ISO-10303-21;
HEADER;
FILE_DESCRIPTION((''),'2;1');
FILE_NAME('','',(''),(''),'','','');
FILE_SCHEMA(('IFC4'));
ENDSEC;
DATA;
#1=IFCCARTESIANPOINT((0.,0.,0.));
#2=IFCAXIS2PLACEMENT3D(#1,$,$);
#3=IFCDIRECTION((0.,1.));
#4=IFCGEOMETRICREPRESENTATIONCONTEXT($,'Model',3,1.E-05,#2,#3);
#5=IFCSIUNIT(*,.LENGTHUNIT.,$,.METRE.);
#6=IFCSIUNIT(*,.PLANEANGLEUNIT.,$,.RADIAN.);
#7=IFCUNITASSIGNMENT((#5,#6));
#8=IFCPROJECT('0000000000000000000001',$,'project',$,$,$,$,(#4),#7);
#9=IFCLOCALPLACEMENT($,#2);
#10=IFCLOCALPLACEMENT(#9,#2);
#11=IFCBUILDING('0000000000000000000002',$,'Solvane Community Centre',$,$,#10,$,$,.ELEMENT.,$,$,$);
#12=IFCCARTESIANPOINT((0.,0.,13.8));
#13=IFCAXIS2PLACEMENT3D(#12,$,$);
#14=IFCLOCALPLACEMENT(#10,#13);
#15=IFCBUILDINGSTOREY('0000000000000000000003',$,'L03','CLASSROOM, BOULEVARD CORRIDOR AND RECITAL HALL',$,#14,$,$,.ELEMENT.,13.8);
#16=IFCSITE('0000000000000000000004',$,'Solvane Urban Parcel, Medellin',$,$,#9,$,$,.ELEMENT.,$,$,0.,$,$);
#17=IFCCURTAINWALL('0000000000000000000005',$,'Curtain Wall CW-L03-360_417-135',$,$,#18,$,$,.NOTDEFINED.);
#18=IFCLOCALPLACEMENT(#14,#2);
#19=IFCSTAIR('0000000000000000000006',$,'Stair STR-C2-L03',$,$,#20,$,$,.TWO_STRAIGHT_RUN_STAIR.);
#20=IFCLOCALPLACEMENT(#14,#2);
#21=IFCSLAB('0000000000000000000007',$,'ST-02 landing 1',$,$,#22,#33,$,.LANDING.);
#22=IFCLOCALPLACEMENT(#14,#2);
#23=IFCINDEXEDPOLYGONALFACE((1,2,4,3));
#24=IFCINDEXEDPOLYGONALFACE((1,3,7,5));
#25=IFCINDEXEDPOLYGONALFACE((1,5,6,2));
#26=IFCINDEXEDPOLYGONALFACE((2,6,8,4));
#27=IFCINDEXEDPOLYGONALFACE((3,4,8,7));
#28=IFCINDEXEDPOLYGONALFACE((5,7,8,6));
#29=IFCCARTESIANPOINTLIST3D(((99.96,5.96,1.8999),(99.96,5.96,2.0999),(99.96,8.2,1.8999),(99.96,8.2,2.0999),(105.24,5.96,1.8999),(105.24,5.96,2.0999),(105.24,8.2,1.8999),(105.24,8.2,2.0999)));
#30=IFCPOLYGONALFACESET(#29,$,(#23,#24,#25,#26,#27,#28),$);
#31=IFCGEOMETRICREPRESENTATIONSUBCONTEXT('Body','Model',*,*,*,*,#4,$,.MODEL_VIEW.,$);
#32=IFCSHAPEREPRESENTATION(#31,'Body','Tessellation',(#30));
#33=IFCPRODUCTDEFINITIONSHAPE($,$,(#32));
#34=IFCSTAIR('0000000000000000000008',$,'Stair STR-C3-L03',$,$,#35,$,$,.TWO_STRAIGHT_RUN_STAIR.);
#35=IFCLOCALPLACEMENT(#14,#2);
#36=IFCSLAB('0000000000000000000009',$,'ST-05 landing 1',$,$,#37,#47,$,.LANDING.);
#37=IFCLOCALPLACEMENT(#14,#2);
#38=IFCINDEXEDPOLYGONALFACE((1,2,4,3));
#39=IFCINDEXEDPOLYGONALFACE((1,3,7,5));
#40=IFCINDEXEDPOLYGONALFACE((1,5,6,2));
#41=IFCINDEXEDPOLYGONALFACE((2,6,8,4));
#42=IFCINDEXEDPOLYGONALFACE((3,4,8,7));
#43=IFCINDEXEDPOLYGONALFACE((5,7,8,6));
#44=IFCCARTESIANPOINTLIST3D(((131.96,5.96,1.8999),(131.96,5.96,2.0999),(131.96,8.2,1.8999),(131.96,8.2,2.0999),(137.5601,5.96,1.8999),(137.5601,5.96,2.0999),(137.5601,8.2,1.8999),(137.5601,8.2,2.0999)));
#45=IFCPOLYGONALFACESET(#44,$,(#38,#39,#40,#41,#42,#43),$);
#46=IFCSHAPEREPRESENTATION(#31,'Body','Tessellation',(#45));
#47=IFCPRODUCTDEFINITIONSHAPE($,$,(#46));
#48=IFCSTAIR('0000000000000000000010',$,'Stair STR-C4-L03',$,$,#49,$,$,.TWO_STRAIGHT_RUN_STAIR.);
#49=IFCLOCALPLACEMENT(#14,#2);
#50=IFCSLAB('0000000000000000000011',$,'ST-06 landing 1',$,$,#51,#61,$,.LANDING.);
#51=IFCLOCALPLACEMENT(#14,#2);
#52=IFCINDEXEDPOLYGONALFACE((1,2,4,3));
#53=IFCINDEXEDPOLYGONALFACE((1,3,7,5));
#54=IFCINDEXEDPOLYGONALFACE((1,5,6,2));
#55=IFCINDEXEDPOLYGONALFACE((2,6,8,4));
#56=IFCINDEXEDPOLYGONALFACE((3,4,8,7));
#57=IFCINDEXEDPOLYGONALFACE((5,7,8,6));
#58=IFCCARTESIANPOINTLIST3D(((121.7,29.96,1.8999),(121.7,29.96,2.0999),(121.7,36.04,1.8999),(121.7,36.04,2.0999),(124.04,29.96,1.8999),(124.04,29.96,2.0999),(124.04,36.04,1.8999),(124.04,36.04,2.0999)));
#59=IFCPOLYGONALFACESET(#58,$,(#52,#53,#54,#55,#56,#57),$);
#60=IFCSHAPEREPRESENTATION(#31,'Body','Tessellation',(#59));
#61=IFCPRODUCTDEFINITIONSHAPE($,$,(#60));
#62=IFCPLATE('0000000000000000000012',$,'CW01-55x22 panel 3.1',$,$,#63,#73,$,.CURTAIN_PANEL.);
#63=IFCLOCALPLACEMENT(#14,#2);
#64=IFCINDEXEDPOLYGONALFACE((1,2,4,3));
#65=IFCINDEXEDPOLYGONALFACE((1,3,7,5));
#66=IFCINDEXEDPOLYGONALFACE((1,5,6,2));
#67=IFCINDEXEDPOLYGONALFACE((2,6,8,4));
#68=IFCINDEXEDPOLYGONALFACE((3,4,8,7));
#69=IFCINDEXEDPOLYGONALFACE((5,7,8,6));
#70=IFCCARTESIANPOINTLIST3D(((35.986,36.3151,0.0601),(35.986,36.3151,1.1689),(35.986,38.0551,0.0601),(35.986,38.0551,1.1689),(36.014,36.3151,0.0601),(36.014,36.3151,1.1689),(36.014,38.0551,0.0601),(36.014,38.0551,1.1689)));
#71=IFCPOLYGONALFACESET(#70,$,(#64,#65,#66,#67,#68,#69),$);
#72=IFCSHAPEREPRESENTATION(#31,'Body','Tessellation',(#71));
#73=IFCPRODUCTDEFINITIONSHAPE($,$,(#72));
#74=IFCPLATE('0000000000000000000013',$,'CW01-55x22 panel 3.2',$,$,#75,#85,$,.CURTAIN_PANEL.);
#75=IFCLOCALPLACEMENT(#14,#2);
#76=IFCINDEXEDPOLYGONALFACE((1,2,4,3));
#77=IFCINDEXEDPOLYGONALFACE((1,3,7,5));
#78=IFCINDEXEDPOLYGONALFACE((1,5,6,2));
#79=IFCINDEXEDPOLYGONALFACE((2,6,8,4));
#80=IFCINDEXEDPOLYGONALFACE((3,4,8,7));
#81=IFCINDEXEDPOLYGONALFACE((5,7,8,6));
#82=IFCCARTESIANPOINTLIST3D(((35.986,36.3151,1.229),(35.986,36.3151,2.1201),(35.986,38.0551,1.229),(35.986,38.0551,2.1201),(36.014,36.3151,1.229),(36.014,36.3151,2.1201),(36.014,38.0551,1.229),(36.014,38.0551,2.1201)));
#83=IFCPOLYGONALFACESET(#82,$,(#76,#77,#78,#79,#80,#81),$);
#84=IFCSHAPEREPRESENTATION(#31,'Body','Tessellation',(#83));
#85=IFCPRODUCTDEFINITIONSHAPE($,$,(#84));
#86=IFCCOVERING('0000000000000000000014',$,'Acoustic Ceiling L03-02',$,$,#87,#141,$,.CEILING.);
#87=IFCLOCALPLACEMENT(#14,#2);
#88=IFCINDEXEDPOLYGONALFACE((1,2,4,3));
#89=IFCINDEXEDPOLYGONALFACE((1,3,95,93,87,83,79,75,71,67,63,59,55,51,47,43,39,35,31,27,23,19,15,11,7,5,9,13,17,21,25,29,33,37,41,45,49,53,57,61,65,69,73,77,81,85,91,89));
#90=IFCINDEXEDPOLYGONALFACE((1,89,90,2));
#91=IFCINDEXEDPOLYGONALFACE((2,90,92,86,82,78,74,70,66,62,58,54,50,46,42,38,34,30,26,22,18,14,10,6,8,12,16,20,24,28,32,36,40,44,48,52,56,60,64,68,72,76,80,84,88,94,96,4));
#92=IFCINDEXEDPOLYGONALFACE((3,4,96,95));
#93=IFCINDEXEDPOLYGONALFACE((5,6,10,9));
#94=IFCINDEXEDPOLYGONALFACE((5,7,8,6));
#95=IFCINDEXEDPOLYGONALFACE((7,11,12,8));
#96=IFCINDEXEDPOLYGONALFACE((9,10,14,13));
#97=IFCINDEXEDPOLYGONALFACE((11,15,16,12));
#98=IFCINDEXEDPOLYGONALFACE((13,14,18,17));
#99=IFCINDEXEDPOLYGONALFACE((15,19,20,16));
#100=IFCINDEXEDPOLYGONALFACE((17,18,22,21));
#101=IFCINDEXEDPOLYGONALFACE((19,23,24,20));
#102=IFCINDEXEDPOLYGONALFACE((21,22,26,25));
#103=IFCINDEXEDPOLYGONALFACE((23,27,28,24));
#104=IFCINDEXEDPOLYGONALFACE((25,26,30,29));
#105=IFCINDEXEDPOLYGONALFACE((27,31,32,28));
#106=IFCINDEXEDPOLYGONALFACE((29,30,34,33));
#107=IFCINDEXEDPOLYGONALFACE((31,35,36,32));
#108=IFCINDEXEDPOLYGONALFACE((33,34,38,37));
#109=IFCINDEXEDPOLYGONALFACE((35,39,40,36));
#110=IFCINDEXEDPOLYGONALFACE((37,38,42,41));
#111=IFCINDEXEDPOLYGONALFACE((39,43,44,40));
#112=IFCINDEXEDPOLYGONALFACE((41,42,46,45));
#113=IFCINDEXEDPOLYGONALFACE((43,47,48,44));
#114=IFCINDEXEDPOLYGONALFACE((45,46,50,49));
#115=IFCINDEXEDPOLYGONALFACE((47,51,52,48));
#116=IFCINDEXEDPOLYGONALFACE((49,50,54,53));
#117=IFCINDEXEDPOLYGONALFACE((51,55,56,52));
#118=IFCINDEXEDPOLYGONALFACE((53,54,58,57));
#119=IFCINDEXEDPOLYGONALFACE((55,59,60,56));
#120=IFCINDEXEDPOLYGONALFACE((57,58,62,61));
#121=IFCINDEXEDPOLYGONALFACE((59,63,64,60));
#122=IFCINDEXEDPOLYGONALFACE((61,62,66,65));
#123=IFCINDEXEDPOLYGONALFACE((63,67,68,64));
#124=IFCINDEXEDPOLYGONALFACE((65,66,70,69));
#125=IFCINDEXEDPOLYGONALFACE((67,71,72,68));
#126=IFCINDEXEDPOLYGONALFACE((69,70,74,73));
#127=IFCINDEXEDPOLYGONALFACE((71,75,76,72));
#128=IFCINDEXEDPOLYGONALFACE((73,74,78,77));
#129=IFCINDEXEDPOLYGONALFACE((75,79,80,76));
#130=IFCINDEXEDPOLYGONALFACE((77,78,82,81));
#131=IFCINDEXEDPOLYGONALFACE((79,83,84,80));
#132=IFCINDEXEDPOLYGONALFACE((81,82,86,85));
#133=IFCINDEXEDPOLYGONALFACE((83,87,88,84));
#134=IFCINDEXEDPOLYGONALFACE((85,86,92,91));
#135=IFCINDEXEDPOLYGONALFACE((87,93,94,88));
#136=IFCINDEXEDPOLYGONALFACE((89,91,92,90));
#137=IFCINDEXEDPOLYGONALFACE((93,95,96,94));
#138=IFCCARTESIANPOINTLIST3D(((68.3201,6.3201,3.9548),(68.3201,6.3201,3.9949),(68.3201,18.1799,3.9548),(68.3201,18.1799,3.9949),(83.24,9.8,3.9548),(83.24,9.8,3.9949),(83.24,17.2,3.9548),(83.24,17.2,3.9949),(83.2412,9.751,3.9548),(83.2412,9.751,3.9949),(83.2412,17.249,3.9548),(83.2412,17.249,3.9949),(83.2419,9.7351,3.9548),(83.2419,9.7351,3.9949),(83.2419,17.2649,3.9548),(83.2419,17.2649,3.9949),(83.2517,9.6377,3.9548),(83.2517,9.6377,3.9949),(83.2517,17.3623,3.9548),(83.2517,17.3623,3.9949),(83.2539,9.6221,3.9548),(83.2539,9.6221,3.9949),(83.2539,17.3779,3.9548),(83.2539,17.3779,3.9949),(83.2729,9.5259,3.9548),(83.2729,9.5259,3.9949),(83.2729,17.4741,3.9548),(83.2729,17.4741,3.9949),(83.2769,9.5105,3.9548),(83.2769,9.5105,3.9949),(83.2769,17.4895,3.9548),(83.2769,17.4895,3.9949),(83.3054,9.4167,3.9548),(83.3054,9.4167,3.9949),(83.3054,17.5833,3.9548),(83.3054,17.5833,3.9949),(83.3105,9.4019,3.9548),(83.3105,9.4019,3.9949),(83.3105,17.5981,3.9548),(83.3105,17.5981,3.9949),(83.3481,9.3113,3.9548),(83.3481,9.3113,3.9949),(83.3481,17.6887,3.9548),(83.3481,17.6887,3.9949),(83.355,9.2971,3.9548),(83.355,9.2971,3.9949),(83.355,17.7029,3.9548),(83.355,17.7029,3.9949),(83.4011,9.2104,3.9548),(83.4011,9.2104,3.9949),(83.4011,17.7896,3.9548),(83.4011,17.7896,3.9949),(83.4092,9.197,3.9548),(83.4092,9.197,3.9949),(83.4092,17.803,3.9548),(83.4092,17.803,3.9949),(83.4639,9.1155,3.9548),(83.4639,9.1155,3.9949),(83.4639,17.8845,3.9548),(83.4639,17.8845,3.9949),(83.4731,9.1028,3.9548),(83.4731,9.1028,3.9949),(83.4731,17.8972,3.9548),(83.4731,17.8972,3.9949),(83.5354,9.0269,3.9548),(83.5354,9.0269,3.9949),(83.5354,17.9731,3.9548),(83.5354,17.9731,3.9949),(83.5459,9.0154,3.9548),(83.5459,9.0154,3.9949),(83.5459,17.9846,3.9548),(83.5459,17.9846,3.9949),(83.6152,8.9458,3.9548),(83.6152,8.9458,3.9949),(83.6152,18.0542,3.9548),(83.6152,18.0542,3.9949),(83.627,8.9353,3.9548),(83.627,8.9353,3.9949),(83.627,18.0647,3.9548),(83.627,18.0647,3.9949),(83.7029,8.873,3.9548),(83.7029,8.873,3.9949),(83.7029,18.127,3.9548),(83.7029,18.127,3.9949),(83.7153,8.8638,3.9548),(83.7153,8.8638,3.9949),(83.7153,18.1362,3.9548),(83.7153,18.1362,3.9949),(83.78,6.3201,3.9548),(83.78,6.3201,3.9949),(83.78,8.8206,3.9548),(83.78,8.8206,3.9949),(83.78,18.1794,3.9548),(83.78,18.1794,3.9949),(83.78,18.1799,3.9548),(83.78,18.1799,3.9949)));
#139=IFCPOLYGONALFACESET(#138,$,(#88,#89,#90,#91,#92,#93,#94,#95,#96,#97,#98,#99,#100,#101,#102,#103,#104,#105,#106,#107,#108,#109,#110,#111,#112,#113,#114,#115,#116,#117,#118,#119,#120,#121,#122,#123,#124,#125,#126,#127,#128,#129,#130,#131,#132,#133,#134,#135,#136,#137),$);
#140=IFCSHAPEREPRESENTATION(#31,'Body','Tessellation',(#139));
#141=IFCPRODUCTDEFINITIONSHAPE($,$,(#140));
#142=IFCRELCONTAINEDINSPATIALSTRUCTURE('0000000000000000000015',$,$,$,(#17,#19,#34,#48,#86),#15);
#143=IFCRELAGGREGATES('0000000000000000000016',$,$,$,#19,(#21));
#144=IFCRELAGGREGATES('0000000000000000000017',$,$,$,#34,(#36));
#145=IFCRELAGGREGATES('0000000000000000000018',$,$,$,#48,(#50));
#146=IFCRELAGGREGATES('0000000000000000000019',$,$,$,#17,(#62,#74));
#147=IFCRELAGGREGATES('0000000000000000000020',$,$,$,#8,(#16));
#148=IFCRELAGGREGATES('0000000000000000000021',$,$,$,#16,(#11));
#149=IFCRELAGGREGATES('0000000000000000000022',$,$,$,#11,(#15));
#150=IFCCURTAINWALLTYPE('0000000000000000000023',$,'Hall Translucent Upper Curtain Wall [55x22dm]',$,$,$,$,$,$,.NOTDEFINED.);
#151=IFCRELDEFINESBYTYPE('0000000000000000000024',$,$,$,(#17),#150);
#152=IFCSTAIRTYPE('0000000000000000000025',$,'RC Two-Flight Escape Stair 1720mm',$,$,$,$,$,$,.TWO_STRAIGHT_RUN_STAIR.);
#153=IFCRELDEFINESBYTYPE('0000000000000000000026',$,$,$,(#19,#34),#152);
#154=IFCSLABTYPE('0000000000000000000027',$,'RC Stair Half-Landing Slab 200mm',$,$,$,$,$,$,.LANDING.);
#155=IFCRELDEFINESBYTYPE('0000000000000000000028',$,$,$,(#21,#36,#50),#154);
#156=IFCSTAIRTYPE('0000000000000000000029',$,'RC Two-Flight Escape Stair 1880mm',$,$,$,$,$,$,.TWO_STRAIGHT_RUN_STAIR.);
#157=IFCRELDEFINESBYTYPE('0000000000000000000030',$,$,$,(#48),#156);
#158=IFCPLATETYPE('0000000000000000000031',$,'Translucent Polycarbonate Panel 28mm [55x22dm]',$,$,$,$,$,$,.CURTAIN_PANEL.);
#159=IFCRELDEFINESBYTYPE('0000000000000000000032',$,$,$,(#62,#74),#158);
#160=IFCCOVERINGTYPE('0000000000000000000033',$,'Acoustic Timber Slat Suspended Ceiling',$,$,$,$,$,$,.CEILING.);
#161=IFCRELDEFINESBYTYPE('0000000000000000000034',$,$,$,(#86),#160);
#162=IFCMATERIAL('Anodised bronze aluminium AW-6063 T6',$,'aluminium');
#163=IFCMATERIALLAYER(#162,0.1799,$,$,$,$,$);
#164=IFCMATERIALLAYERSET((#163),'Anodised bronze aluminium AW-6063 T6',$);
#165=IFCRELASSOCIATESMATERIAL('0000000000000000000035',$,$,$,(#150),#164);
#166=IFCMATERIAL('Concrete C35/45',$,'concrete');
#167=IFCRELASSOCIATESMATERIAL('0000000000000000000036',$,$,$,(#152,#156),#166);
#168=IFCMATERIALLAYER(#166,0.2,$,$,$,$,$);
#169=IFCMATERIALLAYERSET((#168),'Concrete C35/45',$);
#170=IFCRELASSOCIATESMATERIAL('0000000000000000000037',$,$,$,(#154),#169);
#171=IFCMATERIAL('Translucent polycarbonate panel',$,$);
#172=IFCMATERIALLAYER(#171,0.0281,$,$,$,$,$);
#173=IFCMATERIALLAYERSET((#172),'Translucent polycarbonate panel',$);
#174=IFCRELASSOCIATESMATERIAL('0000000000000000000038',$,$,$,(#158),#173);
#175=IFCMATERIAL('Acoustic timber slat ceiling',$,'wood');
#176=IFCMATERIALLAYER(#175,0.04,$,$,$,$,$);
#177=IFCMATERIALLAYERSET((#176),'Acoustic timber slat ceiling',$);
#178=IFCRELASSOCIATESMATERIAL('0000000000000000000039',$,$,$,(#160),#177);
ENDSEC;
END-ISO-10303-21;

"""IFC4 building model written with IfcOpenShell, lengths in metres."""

from ifc_helpers import new_model, si_unit, direction, frame, origin, origin_2d, place, context, subcontext, project, spatial, polyline, rectangle, outline, extrude, material, layer, layer_set, type_object, element, aggregate, save


model = new_model("IFC4")

# Units and contexts
model_context = context("Model", 3, precision=1e-05, world=origin(), true_north=direction((0.0, 1.0)))
body_context = subcontext(model_context, "Body", "Model", "MODEL_VIEW")
ifc_project = project(units=[si_unit("LENGTHUNIT", "METRE"), si_unit("PLANEANGLEUNIT", "RADIAN")], contexts=[model_context])

# Site, building, storey
site_placement = place(None, origin())
site = spatial("IfcSite", under=ifc_project, at=site_placement, Name="Solvane Urban Parcel, Medellin", CompositionType="ELEMENT", RefElevation=0.0)
building_placement = place(site_placement, origin())
building = spatial("IfcBuilding", under=site, at=building_placement, Name="Solvane Community Centre", CompositionType="ELEMENT")
storey_placement = place(building_placement, frame((0.0, 0.0, 13.8)))
storey = spatial("IfcBuildingStorey", under=building, at=storey_placement, Name="L03", Description="CLASSROOM, BOULEVARD CORRIDOR AND RECITAL HALL", CompositionType="ELEMENT", Elevation=13.8)

# Curtain wall
ifc_material_1 = material(Name="Anodised bronze aluminium AW-6063 T6", Category="aluminium")
ifc_layer_1 = layer(ifc_material_1, 0.1799)
ifc_layer_set_1 = layer_set([ifc_layer_1], Name="Anodised bronze aluminium AW-6063 T6")
curtain_wall_type = type_object("IfcCurtainWallType", Name="Hall Translucent Upper Curtain Wall [55x22dm]", PredefinedType="NOTDEFINED", material=ifc_layer_set_1)
curtain_wall_placement = place(storey_placement, origin())
curtain_wall = element("IfcCurtainWall", 1, at=curtain_wall_placement, inside=storey, type_object=curtain_wall_type, Name="Curtain Wall CW-L03-360_417-135", PredefinedType="NOTDEFINED")

# Shared definitions
ifc_material_2 = material(Name="Concrete C35/45", Category="concrete")

# Stairs, slabs
stair_type_1 = type_object("IfcStairType", Name="RC Two-Flight Escape Stair 1720mm", PredefinedType="TWO_STRAIGHT_RUN_STAIR", material=ifc_material_2)
ifc_layer_2 = layer(ifc_material_2, 0.2)
ifc_layer_set_2 = layer_set([ifc_layer_2], Name="Concrete C35/45")
slab_type_1 = type_object("IfcSlabType", Name="RC Stair Half-Landing Slab 200mm", PredefinedType="LANDING", material=ifc_layer_set_2)
stair_1_placement = place(storey_placement, origin())
stair_1 = element("IfcStair", 2, at=stair_1_placement, inside=storey, type_object=stair_type_1, Name="Stair STR-C2-L03", PredefinedType="TWO_STRAIGHT_RUN_STAIR")
slab_1_placement = place(storey_placement, frame((0.0, 0.0, 1.8999)))
slab_1 = element("IfcSlab", 3, at=slab_1_placement, type_object=slab_type_1, Name="ST-02 landing 1", PredefinedType="LANDING", context=body_context, shape_type="SweptSolid", body=[
    extrude(outline(polyline([(99.96, 5.96), (105.24, 5.96), (105.24, 8.2), (99.96, 8.2), (99.96, 5.96)])), origin(), (0.0, 0.0, 1.0), 0.2),
])
aggregate(stair_1, [slab_1])
stair_2_placement = place(storey_placement, origin())
stair_2 = element("IfcStair", 4, at=stair_2_placement, inside=storey, type_object=stair_type_1, Name="Stair STR-C3-L03", PredefinedType="TWO_STRAIGHT_RUN_STAIR")
slab_2_placement = place(storey_placement, frame((0.0, 0.0, 1.8999)))
slab_2 = element("IfcSlab", 5, at=slab_2_placement, type_object=slab_type_1, Name="ST-05 landing 1", PredefinedType="LANDING", context=body_context, shape_type="SweptSolid", body=[
    extrude(outline(polyline([(131.96, 5.96), (137.5601, 5.96), (137.5601, 8.2), (131.96, 8.2), (131.96, 5.96)])), origin(), (0.0, 0.0, 1.0), 0.2),
])
aggregate(stair_2, [slab_2])
stair_type_2 = type_object("IfcStairType", Name="RC Two-Flight Escape Stair 1880mm", PredefinedType="TWO_STRAIGHT_RUN_STAIR", material=ifc_material_2)
stair_3_placement = place(storey_placement, origin())
stair_3 = element("IfcStair", 6, at=stair_3_placement, inside=storey, type_object=stair_type_2, Name="Stair STR-C4-L03", PredefinedType="TWO_STRAIGHT_RUN_STAIR")
slab_3_placement = place(storey_placement, frame((0.0, 0.0, 1.8999)))
slab_3 = element("IfcSlab", 7, at=slab_3_placement, type_object=slab_type_1, Name="ST-06 landing 1", PredefinedType="LANDING", context=body_context, shape_type="SweptSolid", body=[
    extrude(outline(polyline([(121.7, 29.96), (124.04, 29.96), (124.04, 36.04), (121.7, 36.04), (121.7, 29.96)])), origin(), (0.0, 0.0, 1.0), 0.2),
])
aggregate(stair_3, [slab_3])

# Plates
ifc_material_3 = material(Name="Translucent polycarbonate panel")
ifc_layer_3 = layer(ifc_material_3, 0.0281)
ifc_layer_set_3 = layer_set([ifc_layer_3], Name="Translucent polycarbonate panel")
plate_type = type_object("IfcPlateType", Name="Translucent Polycarbonate Panel 28mm [55x22dm]", PredefinedType="CURTAIN_PANEL", material=ifc_layer_set_3)
plate_1_placement = place(storey_placement, frame((36.0, 37.1851, 0.0601), z_axis=(0.0, 0.0, 1.0), x_axis=(0.0, -1.0, 0.0)))
plate_1 = element("IfcPlate", 8, at=plate_1_placement, type_object=plate_type, Name="CW01-55x22 panel 3.1", PredefinedType="CURTAIN_PANEL", context=body_context, shape_type="SweptSolid", body=[
    extrude(rectangle(XDim=1.74, YDim=0.0281, at=origin_2d()), origin(), (0.0, 0.0, 1.0), 1.1089),
])
plate_2_placement = place(storey_placement, frame((36.0, 37.1851, 1.229), z_axis=(0.0, 0.0, 1.0), x_axis=(0.0, -1.0, 0.0)))
plate_2 = element("IfcPlate", 9, at=plate_2_placement, type_object=plate_type, Name="CW01-55x22 panel 3.2", PredefinedType="CURTAIN_PANEL", context=body_context, shape_type="SweptSolid", body=[
    extrude(rectangle(XDim=1.74, YDim=0.0281, at=origin_2d()), origin(), (0.0, 0.0, 1.0), 0.8911),
])
aggregate(curtain_wall, [plate_1, plate_2])

# Covering
ifc_material_4 = material(Name="Acoustic timber slat ceiling", Category="wood")
ifc_layer_4 = layer(ifc_material_4, 0.04)
ifc_layer_set_4 = layer_set([ifc_layer_4], Name="Acoustic timber slat ceiling")
covering_type = type_object("IfcCoveringType", Name="Acoustic Timber Slat Suspended Ceiling", PredefinedType="CEILING", material=ifc_layer_set_4)
covering_1_placement = place(storey_placement, frame((0.0, 0.0, 3.9548)))
element("IfcCovering", 10, at=covering_1_placement, inside=storey, type_object=covering_type, Name="Acoustic Ceiling L03-02", PredefinedType="CEILING", context=body_context, shape_type="SweptSolid", body=[
    extrude(outline(polyline([(83.78, 6.3201), (68.3201, 6.3201), (68.3201, 18.1799), (83.78, 18.1799), (83.78, 18.1794), (83.7153, 18.1362), (83.7029, 18.127), (83.627, 18.0647), (83.6152, 18.0542), (83.5459, 17.9846), (83.5354, 17.9731), (83.4731, 17.8972), (83.4639, 17.8845), (83.4092, 17.803), (83.4011, 17.7896), (83.355, 17.7029), (83.3481, 17.6887), (83.3105, 17.5981), (83.3054, 17.5833), (83.2769, 17.4895), (83.2729, 17.4741), (83.2539, 17.3779), (83.2517, 17.3623), (83.2419, 17.2649), (83.2412, 17.249), (83.24, 17.2), (83.24, 9.8), (83.2412, 9.751), (83.2419, 9.7351), (83.2517, 9.6377), (83.2539, 9.6221), (83.2729, 9.5259), (83.2769, 9.5105), (83.3054, 9.4167), (83.3105, 9.4019), (83.3481, 9.3113), (83.355, 9.2971), (83.4011, 9.2104), (83.4092, 9.197), (83.4639, 9.1155), (83.4731, 9.1028), (83.5354, 9.0269), (83.5459, 9.0154), (83.6152, 8.9458), (83.627, 8.9353), (83.7029, 8.873), (83.7153, 8.8638), (83.78, 8.8206), (83.78, 6.3201)])), origin(), (0.0, 0.0, 1.0), 0.04),
])

save(model, "model.ifc")
